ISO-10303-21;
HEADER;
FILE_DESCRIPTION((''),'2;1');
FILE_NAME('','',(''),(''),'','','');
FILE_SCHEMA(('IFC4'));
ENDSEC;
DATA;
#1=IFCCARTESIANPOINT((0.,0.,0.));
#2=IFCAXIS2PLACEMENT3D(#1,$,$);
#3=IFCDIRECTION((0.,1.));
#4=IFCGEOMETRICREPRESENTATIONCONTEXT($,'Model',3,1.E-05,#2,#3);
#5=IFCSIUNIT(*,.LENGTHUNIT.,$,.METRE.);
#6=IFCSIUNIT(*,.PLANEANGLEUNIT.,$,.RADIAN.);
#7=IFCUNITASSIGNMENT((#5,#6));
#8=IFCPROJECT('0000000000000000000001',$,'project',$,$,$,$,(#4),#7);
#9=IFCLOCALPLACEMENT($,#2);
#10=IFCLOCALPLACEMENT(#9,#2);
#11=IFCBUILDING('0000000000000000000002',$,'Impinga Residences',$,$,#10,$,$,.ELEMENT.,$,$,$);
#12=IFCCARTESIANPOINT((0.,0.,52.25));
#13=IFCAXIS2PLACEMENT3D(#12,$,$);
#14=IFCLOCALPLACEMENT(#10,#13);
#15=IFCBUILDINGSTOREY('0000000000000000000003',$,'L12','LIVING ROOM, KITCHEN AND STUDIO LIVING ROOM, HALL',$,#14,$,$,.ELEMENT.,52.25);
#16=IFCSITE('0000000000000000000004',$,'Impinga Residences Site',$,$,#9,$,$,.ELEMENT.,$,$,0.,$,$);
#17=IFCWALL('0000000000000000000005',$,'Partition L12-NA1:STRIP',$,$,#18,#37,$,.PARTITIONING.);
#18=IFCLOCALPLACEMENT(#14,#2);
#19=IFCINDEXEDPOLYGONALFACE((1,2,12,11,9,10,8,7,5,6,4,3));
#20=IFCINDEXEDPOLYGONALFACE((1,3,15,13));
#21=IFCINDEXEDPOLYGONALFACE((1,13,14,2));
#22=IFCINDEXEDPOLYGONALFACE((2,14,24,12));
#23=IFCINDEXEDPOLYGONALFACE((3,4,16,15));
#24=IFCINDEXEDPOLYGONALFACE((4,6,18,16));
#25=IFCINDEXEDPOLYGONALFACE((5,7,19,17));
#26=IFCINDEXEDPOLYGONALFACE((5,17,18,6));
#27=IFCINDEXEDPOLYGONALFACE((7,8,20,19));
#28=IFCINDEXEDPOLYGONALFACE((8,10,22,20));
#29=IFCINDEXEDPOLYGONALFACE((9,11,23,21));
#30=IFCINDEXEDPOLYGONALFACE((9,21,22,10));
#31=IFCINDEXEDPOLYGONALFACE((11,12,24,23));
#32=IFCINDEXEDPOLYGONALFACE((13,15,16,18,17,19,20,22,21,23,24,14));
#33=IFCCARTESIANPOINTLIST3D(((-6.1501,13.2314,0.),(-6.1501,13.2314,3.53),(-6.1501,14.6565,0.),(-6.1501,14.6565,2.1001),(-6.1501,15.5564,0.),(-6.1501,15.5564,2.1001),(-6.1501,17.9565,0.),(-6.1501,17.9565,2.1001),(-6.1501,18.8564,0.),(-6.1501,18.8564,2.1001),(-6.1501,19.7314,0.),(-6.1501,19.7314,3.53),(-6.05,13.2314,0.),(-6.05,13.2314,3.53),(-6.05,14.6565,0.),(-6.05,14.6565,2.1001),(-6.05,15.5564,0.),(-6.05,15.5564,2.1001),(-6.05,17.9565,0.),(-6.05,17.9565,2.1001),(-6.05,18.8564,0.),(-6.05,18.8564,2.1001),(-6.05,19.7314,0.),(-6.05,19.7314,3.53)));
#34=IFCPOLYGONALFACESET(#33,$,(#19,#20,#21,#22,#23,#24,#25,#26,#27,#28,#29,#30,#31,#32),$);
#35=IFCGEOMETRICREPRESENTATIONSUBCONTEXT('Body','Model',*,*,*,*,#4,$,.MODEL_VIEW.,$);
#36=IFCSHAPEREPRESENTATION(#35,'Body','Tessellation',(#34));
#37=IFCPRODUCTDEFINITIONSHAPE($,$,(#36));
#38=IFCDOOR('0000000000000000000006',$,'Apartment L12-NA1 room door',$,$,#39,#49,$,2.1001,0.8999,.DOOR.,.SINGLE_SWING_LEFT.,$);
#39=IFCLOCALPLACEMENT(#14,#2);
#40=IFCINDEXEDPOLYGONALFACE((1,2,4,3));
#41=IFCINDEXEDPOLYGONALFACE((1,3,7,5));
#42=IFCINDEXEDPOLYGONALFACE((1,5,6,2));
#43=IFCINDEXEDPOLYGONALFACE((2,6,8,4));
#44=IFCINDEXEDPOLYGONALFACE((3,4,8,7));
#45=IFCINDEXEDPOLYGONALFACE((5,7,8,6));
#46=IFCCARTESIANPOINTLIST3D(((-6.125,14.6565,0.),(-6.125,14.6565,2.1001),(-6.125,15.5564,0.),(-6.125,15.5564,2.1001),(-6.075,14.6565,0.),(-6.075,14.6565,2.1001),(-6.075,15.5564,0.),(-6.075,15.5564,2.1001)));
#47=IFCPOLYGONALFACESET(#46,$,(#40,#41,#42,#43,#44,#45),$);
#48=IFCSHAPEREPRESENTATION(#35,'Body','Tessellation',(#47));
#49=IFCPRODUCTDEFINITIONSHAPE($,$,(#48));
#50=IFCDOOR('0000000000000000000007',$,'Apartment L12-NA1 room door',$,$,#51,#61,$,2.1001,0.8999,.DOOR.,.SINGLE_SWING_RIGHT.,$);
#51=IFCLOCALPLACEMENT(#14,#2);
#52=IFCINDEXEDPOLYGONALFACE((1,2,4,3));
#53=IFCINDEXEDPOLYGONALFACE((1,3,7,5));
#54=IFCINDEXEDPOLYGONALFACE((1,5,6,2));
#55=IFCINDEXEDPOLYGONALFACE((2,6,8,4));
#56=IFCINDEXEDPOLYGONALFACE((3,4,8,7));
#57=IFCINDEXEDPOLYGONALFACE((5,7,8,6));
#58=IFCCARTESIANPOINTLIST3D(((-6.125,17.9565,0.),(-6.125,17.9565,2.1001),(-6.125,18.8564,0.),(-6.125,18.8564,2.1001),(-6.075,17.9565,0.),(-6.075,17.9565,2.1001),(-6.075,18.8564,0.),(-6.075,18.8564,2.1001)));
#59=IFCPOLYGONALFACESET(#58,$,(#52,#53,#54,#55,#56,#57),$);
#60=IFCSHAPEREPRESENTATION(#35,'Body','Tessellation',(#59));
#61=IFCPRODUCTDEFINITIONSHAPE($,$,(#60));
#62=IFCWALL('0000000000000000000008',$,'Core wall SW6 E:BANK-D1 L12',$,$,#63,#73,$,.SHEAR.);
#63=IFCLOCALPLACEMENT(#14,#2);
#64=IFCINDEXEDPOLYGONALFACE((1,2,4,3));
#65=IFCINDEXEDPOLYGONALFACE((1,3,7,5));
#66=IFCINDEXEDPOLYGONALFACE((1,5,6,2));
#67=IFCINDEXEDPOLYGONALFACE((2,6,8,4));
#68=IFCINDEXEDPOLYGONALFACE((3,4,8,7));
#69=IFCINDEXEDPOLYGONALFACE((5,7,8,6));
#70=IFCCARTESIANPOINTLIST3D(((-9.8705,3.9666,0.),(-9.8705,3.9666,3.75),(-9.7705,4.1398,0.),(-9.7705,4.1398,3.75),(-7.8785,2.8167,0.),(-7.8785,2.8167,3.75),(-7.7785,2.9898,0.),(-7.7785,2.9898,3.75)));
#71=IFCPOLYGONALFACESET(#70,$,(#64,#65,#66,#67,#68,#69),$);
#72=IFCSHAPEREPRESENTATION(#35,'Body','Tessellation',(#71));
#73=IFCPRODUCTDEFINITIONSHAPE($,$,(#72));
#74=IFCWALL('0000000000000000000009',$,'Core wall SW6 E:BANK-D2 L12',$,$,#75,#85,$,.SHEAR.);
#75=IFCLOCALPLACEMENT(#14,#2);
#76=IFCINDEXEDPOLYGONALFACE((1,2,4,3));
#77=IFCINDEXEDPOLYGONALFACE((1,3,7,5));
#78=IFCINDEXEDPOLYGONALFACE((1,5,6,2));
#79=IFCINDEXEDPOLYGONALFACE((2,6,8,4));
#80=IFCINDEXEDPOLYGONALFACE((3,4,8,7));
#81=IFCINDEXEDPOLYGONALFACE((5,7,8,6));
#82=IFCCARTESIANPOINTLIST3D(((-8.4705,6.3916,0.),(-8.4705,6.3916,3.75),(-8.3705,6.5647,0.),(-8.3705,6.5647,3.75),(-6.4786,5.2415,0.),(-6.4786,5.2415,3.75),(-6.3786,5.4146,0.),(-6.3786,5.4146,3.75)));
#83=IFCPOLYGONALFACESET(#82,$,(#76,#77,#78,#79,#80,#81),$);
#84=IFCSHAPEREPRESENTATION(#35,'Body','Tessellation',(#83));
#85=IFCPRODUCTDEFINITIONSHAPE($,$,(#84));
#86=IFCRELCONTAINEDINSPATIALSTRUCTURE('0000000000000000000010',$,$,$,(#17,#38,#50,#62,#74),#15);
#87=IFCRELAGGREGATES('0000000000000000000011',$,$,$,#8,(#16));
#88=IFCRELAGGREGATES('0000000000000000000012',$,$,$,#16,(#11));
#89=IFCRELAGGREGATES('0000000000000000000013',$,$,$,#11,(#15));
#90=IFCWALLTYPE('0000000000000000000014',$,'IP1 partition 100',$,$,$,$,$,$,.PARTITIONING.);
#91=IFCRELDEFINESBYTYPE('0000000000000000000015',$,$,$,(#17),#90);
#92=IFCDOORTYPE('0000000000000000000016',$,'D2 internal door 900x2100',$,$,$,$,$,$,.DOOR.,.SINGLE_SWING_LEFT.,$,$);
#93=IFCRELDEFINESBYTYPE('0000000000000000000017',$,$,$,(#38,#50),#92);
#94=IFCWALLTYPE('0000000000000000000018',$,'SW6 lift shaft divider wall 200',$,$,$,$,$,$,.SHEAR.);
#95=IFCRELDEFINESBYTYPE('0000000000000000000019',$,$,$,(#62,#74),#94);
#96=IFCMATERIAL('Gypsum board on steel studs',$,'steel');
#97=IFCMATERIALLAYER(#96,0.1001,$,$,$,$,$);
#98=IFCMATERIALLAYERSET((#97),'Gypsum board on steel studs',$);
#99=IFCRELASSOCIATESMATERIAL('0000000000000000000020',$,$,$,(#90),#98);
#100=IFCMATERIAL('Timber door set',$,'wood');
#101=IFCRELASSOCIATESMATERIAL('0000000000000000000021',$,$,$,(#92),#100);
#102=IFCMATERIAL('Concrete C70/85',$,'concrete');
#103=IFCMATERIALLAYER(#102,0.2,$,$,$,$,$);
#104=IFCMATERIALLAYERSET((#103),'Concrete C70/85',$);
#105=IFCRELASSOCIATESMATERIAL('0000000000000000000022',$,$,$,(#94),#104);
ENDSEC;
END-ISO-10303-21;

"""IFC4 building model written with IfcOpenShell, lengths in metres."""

from ifc_helpers import new_model, si_unit, direction, frame, frame_2d, origin, place, context, subcontext, project, spatial, rectangle, extrude, material, layer, layer_set, type_object, element, fill, save


model = new_model("IFC4")

# Units and contexts
model_context = context("Model", 3, precision=1e-05, world=origin(), true_north=direction((0.0, 1.0)))
body_context = subcontext(model_context, "Body", "Model", "MODEL_VIEW")
ifc_project = project(units=[si_unit("LENGTHUNIT", "METRE"), si_unit("PLANEANGLEUNIT", "RADIAN")], contexts=[model_context])

# Site, building, storey
site_placement = place(None, origin())
site = spatial("IfcSite", under=ifc_project, at=site_placement, Name="Impinga Residences Site", CompositionType="ELEMENT", RefElevation=0.0)
building_placement = place(site_placement, origin())
building = spatial("IfcBuilding", under=site, at=building_placement, Name="Impinga Residences", CompositionType="ELEMENT")
storey_placement = place(building_placement, frame((0.0, 0.0, 52.25)))
storey = spatial("IfcBuildingStorey", under=building, at=storey_placement, Name="L12", Description="LIVING ROOM, KITCHEN AND STUDIO LIVING ROOM, HALL", CompositionType="ELEMENT", Elevation=52.25)

# Shared definitions
ifc_material_1 = material(Name="Concrete C70/85", Category="concrete")

# Wall, openings, doors
ifc_material_2 = material(Name="Gypsum board on steel studs", Category="steel")
ifc_layer_1 = layer(ifc_material_2, 0.1001)
ifc_layer_set_1 = layer_set([ifc_layer_1], Name="Gypsum board on steel studs")
wall_type_1 = type_object("IfcWallType", Name="IP1 partition 100", PredefinedType="PARTITIONING", material=ifc_layer_set_1)
wall_1_placement = place(storey_placement, frame((-6.1001, 13.2314, 0.0), z_axis=(0.0, 0.0, 1.0), x_axis=(0.0, 1.0, 0.0)))
wall_1 = element("IfcWall", 1, at=wall_1_placement, inside=storey, type_object=wall_type_1, Name="Partition L12-NA1:STRIP", PredefinedType="PARTITIONING", context=body_context, shape_type="SweptSolid", body=[
    extrude(rectangle(XDim=6.5, YDim=0.1001, at=frame_2d((3.25, 0.0))), origin(), (0.0, 0.0, 1.0), 3.53),
])
opening_1_placement = place(wall_1_placement, frame((1.425, 0.0, 0.0)))
opening_1 = element("IfcOpeningElement", 2, at=opening_1_placement, cuts=wall_1, PredefinedType="OPENING", context=body_context, shape_type="SweptSolid", body=[
    extrude(rectangle(XDim=0.8999, YDim=2.1001, at=frame_2d((0.45, 1.05))), frame((0.0, 0.0601, 0.0), z_axis=(0.0, -1.0, 0.0), x_axis=(1.0, 0.0, 0.0)), (0.0, 0.0, 1.0), 0.1201),
])
opening_2_placement = place(wall_1_placement, frame((4.7251, 0.0, 0.0)))
opening_2 = element("IfcOpeningElement", 3, at=opening_2_placement, cuts=wall_1, PredefinedType="OPENING", context=body_context, shape_type="SweptSolid", body=[
    extrude(rectangle(XDim=0.8999, YDim=2.1001, at=frame_2d((0.45, 1.05))), frame((0.0, 0.0601, 0.0), z_axis=(0.0, -1.0, 0.0), x_axis=(1.0, 0.0, 0.0)), (0.0, 0.0, 1.0), 0.1201),
])
ifc_material_3 = material(Name="Timber door set", Category="wood")
door_type = type_object("IfcDoorType", Name="D2 internal door 900x2100", OperationType="SINGLE_SWING_LEFT", PredefinedType="DOOR", material=ifc_material_3)
door_1_placement = place(opening_1_placement, origin())
door_1 = element("IfcDoor", 4, at=door_1_placement, inside=storey, type_object=door_type, Name="Apartment L12-NA1 room door", OperationType="SINGLE_SWING_LEFT", OverallHeight=2.1001, OverallWidth=0.8999, PredefinedType="DOOR", context=body_context, shape_type="SweptSolid", body=[
    extrude(rectangle(XDim=0.8999, YDim=2.1001, at=frame_2d((0.45, 1.05))), frame((0.0, 0.0249, 0.0), z_axis=(0.0, -1.0, 0.0), x_axis=(1.0, 0.0, 0.0)), (0.0, 0.0, 1.0), 0.05),
])
fill(opening_1, door_1)
door_2_placement = place(opening_2_placement, origin())
door_2 = element("IfcDoor", 5, at=door_2_placement, inside=storey, type_object=door_type, Name="Apartment L12-NA1 room door", OperationType="SINGLE_SWING_RIGHT", OverallHeight=2.1001, OverallWidth=0.8999, PredefinedType="DOOR", context=body_context, shape_type="SweptSolid", body=[
    extrude(rectangle(XDim=0.8999, YDim=2.1001, at=frame_2d((0.45, 1.05))), frame((0.0, 0.0249, 0.0), z_axis=(0.0, -1.0, 0.0), x_axis=(1.0, 0.0, 0.0)), (0.0, 0.0, 1.0), 0.05),
])
fill(opening_2, door_2)

# Walls
ifc_layer_2 = layer(ifc_material_1, 0.2)
ifc_layer_set_2 = layer_set([ifc_layer_2], Name="Concrete C70/85")
wall_type_2 = type_object("IfcWallType", Name="SW6 lift shaft divider wall 200", PredefinedType="SHEAR", material=ifc_layer_set_2)
for number, where, z_axis, x_axis, name in (
    (6, (-7.8286, 2.9033, 0.0), (0.0, 0.0, 1.0), (-0.866053, 0.499952, 0.0), "Core wall SW6 E:BANK-D1 L12"),
    (7, (-6.4287, 5.3281, 0.0), (0.0, 0.0, 1.0), (-0.866007, 0.500032, 0.0), "Core wall SW6 E:BANK-D2 L12"),
):
    element("IfcWall", number, at=place(storey_placement, frame(where, z_axis=z_axis, x_axis=x_axis)), inside=storey, type_object=wall_type_2, Name=name, PredefinedType="SHEAR", context=body_context, shape_type="SweptSolid", body=[
        extrude(rectangle(XDim=2.3, YDim=0.2, at=frame_2d((1.1499, 0.0))), origin(), (0.0, 0.0, 1.0), 3.75),
    ])

save(model, "model.ifc")
